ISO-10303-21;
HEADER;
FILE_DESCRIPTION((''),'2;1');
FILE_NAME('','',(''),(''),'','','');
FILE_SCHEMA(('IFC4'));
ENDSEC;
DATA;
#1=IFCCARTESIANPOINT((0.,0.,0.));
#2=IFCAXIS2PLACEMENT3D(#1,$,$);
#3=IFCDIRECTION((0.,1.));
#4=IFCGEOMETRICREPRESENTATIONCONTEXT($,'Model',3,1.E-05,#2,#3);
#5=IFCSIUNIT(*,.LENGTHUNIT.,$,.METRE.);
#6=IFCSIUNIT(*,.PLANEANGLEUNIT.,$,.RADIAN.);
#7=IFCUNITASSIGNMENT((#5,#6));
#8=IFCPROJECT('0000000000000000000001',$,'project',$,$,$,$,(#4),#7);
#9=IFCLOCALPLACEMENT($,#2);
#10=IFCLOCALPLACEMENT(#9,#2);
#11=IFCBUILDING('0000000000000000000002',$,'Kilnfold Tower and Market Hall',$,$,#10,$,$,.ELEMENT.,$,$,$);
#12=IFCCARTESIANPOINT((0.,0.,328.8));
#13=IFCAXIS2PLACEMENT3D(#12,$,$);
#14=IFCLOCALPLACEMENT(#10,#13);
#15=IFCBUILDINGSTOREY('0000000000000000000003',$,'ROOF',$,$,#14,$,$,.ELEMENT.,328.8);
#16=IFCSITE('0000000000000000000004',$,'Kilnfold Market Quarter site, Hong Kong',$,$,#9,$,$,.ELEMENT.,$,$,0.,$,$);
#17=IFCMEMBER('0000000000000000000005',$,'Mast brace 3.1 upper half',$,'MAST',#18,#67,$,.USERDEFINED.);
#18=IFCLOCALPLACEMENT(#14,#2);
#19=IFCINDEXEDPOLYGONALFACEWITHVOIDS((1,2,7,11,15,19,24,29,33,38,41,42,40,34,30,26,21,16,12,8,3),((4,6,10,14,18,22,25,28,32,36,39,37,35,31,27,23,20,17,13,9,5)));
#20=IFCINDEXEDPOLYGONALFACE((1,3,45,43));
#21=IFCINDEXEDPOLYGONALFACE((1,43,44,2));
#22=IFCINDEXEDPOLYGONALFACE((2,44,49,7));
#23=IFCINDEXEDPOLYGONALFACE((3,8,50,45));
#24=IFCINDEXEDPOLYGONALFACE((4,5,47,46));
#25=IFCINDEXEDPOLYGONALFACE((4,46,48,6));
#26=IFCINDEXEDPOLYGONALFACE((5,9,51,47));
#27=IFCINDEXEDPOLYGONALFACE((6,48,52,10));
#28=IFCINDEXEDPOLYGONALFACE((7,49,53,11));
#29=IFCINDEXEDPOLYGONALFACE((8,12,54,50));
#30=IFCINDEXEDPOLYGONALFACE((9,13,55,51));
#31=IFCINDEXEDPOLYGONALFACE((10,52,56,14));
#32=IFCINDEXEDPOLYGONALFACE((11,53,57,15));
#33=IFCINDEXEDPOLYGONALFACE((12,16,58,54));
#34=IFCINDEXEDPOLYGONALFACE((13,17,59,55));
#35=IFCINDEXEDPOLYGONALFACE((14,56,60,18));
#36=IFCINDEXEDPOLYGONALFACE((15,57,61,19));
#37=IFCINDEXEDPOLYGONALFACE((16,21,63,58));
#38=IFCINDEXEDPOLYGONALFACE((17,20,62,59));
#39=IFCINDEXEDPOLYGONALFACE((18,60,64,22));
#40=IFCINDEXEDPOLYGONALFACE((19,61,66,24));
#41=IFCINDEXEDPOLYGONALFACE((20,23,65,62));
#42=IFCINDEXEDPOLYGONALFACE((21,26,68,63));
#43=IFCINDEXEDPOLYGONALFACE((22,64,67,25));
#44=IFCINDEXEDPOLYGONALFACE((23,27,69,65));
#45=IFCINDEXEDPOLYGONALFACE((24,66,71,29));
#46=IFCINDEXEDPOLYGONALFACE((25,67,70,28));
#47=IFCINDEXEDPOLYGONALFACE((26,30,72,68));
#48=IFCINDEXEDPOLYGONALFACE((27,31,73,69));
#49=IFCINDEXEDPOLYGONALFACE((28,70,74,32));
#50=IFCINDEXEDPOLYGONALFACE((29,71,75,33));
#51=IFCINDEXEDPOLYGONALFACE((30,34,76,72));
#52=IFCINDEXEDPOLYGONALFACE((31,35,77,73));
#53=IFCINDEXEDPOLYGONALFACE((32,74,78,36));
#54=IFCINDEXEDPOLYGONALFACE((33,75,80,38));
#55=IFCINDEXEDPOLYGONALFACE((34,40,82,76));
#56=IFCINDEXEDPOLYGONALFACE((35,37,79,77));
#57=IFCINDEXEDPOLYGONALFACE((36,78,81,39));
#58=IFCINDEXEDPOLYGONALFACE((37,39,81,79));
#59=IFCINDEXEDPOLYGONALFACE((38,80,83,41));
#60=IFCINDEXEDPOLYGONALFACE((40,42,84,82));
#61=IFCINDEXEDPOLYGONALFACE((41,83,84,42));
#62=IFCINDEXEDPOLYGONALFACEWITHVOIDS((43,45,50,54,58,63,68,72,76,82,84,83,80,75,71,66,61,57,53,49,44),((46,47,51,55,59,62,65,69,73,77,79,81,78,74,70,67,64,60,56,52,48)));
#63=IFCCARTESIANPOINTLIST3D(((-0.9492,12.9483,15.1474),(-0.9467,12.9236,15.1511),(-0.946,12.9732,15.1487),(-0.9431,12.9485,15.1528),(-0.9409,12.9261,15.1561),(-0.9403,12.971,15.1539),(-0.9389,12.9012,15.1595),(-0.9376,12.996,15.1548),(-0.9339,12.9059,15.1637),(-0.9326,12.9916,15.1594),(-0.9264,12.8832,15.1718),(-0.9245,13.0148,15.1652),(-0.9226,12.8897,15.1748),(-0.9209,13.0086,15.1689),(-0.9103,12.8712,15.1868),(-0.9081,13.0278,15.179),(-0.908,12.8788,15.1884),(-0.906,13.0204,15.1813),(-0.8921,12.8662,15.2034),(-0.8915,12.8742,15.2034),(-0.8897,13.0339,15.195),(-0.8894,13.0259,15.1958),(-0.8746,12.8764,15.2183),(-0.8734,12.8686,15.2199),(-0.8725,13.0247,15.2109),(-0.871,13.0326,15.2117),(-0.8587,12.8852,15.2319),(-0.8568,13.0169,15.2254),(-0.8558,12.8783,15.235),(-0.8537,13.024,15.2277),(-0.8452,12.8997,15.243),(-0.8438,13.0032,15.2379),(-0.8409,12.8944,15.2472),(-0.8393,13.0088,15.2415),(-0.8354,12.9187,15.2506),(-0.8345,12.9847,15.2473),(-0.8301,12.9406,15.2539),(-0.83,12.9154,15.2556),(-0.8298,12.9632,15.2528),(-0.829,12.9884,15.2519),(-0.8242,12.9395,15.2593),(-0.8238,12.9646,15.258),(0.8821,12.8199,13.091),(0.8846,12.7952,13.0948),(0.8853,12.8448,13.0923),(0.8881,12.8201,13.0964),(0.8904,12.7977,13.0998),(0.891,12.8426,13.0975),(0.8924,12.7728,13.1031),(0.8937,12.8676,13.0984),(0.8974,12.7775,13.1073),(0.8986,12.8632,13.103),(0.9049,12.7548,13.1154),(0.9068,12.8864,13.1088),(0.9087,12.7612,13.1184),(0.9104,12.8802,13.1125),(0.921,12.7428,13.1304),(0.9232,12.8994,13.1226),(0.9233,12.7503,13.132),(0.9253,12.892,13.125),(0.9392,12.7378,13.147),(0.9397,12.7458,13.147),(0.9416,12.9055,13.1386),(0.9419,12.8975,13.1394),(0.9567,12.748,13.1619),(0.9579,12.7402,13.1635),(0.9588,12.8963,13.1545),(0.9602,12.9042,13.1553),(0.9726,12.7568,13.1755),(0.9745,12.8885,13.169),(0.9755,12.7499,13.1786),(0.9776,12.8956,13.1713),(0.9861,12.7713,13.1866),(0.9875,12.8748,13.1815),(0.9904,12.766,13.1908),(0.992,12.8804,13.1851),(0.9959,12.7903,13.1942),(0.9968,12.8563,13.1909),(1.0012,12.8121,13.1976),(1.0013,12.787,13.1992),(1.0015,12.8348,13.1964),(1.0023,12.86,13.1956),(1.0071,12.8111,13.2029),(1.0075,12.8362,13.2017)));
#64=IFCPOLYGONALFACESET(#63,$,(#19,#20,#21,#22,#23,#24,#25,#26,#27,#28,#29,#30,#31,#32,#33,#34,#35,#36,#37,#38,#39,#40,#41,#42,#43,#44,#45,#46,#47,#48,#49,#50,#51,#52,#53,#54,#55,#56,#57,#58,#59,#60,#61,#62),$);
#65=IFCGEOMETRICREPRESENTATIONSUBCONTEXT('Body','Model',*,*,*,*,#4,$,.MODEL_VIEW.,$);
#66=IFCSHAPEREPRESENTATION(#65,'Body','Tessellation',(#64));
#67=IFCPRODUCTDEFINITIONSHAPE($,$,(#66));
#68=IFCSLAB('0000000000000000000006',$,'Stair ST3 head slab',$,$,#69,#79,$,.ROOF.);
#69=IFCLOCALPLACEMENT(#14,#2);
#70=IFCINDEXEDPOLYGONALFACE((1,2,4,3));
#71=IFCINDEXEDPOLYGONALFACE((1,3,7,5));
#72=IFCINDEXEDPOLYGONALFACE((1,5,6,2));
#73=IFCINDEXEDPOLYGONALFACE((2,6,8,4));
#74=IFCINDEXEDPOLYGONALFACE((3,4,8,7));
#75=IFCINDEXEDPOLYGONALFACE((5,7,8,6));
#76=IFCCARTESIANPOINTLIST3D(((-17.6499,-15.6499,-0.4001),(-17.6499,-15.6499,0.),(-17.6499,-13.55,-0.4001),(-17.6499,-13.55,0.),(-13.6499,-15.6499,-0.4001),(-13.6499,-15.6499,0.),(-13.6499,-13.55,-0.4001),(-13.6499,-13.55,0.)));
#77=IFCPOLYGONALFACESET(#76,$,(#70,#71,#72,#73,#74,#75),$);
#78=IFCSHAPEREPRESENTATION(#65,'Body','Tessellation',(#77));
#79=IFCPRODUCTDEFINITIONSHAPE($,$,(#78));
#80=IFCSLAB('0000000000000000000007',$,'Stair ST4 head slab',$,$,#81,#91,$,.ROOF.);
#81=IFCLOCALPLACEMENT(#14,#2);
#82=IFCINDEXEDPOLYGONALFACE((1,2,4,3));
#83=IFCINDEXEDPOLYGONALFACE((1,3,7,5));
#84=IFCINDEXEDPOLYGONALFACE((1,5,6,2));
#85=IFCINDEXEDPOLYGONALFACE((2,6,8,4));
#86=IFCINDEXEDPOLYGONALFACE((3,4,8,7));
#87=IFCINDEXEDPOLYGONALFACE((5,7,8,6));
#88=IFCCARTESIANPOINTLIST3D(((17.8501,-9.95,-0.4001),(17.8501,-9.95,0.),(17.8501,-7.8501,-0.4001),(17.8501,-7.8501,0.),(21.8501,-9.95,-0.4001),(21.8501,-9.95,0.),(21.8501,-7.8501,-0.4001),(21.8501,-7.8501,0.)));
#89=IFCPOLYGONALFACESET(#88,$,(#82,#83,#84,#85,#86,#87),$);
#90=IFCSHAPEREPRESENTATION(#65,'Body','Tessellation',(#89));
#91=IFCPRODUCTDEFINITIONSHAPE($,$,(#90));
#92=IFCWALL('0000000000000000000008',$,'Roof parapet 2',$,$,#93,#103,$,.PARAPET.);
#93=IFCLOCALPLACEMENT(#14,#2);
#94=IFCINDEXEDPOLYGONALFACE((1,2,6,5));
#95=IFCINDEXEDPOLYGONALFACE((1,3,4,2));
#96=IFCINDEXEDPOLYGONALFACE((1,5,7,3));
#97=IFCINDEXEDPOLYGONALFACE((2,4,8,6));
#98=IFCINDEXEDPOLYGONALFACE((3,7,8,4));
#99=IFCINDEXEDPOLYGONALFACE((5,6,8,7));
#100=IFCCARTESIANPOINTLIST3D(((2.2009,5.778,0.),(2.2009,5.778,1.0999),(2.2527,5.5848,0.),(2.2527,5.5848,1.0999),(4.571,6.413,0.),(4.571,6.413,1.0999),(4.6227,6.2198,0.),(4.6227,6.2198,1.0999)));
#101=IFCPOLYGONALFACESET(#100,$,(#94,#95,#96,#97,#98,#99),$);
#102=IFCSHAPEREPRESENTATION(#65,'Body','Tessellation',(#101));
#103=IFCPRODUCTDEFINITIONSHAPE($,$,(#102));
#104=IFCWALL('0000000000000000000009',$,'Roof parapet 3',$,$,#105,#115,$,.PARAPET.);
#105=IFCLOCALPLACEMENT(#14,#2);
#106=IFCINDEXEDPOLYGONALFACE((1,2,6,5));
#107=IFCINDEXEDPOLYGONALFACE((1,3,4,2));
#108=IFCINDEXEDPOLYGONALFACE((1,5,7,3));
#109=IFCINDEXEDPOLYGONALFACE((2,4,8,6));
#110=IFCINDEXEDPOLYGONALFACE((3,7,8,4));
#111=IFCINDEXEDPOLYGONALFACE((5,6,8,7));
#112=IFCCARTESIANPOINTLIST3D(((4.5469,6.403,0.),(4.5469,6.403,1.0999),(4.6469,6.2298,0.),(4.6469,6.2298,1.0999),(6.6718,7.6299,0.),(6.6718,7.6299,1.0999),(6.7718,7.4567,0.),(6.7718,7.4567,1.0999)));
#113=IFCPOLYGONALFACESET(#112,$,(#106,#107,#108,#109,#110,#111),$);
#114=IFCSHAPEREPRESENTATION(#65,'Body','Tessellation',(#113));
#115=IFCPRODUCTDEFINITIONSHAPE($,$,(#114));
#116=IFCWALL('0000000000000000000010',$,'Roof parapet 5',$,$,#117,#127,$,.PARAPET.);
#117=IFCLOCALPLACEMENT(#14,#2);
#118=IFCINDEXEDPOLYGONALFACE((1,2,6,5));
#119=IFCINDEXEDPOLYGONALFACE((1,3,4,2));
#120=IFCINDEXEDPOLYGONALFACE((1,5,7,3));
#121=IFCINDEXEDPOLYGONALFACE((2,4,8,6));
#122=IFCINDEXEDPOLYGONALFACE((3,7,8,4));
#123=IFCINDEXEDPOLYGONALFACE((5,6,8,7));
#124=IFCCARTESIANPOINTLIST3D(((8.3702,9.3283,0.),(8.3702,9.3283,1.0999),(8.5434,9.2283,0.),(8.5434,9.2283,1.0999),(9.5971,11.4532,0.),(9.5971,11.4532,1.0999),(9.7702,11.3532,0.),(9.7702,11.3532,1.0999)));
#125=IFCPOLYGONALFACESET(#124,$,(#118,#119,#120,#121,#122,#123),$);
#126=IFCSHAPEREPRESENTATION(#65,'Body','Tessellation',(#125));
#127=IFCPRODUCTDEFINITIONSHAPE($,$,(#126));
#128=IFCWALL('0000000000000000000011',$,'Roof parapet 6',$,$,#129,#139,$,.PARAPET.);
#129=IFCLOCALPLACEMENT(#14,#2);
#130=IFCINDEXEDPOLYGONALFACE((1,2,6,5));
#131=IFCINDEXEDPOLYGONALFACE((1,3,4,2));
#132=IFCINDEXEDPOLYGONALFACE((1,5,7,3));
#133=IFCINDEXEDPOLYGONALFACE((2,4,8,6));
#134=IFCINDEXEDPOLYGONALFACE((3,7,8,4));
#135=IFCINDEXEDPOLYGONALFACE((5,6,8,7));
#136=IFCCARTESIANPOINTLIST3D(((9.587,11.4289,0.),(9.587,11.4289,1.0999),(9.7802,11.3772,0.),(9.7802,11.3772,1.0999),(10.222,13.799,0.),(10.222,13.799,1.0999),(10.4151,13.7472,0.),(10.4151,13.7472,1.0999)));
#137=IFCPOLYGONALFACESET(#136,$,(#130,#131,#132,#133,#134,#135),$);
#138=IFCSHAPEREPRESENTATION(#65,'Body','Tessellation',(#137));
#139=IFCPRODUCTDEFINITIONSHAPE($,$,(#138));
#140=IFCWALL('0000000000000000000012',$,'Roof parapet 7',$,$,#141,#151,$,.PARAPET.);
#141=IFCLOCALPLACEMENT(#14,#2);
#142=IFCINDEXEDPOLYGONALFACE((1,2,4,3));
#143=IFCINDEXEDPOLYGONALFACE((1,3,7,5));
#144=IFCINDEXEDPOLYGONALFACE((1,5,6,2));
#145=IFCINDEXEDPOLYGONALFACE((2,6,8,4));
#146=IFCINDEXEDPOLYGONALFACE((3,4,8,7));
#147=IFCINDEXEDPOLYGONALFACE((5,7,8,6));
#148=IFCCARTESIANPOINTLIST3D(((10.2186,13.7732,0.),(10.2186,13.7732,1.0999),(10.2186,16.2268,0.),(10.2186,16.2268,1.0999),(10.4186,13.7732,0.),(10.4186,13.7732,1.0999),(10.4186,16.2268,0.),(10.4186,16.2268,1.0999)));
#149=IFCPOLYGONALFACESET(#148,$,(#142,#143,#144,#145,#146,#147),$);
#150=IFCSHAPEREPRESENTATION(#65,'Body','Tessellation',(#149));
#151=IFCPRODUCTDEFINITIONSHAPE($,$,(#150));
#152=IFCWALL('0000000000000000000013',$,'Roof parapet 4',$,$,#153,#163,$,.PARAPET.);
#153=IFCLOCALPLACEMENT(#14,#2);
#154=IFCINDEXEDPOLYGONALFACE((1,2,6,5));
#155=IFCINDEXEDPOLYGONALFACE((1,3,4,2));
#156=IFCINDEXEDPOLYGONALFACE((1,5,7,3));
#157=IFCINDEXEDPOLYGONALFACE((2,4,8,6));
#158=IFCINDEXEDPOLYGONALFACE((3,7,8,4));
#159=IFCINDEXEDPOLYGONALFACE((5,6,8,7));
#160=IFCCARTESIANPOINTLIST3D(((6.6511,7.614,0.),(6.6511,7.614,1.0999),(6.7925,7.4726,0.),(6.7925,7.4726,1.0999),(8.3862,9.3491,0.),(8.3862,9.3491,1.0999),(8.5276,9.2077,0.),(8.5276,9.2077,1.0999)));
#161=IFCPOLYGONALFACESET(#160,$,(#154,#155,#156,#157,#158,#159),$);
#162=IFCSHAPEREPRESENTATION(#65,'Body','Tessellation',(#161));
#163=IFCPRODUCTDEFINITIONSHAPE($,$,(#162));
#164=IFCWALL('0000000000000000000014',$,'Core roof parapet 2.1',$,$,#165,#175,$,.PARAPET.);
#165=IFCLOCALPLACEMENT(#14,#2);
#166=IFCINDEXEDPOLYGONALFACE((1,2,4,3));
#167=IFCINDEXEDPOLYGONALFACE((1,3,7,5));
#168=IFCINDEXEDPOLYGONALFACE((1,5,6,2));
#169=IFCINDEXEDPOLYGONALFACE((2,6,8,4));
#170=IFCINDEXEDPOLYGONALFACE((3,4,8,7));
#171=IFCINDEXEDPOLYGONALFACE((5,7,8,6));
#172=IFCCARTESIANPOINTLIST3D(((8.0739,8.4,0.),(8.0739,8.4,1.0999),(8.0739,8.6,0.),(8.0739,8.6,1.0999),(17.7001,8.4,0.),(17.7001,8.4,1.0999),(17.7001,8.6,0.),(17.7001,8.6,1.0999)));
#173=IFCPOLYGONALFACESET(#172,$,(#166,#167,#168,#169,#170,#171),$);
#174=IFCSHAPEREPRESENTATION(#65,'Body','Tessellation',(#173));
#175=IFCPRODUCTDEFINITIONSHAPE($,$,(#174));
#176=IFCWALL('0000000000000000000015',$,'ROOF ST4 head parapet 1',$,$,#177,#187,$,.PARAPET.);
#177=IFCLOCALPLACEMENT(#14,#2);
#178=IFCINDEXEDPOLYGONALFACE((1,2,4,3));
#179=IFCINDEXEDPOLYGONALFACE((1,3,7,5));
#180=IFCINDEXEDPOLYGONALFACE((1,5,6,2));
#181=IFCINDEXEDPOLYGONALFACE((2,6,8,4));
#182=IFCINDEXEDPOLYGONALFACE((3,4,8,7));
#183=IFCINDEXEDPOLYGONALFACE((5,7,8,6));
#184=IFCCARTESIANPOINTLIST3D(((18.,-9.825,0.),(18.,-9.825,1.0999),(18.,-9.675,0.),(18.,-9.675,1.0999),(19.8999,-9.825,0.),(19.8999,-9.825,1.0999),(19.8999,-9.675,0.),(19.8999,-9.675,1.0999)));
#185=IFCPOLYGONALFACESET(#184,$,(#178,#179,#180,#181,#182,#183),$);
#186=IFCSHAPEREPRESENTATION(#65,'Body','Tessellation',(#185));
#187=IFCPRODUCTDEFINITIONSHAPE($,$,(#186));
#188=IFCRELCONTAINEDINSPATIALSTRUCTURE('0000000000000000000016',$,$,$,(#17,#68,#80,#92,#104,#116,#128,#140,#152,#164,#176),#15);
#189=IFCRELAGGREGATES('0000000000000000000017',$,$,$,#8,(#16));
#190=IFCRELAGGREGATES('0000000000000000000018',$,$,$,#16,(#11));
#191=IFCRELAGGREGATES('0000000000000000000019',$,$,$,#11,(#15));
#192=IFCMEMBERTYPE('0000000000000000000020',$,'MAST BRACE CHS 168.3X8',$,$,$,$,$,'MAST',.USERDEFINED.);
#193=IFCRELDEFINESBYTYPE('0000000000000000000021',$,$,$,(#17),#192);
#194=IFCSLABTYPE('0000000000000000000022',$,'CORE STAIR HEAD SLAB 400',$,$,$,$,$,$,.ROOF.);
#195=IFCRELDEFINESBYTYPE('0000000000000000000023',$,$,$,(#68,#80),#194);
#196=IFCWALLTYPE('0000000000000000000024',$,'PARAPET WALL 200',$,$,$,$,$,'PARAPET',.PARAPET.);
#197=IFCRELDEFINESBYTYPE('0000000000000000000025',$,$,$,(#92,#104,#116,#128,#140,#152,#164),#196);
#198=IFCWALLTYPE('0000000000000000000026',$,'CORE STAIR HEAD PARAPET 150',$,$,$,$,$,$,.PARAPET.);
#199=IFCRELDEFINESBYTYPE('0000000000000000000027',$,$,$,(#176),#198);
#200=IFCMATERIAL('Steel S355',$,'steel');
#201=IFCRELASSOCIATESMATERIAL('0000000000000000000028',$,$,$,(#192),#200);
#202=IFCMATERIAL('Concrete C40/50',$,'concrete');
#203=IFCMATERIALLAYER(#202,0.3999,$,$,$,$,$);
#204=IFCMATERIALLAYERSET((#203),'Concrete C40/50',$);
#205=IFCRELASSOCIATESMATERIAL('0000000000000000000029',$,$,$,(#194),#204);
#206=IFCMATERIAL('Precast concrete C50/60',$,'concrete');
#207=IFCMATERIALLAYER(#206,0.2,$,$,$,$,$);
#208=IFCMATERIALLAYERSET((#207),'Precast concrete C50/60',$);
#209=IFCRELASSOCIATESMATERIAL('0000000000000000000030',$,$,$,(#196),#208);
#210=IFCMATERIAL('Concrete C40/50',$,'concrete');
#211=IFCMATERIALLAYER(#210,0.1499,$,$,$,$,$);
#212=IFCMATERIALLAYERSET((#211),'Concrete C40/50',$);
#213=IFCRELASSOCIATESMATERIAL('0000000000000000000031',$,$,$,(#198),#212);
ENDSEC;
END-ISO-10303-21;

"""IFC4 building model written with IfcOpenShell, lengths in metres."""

from ifc_helpers import new_model, si_unit, direction, frame, frame_2d, origin, origin_2d, place, context, subcontext, project, spatial, polyline, rectangle, hollow_circle, outline, extrude, source, transform, mapped, material, layer, layer_set, material_profile, profile_set, type_object, element, save


model = new_model("IFC4")

# Units and contexts
model_context = context("Model", 3, precision=1e-05, world=origin(), true_north=direction((0.0, 1.0)))
body_context = subcontext(model_context, "Body", "Model", "MODEL_VIEW")
ifc_project = project(units=[si_unit("LENGTHUNIT", "METRE"), si_unit("PLANEANGLEUNIT", "RADIAN")], contexts=[model_context])

# Site, building, storey
site_placement = place(None, origin())
site = spatial("IfcSite", under=ifc_project, at=site_placement, Name="Kilnfold Market Quarter site, Hong Kong", CompositionType="ELEMENT", RefElevation=0.0)
building_placement = place(site_placement, origin())
building = spatial("IfcBuilding", under=site, at=building_placement, Name="Kilnfold Tower and Market Hall", CompositionType="ELEMENT")
storey_placement = place(building_placement, frame((0.0, 0.0, 328.8)))
storey = spatial("IfcBuildingStorey", under=building, at=storey_placement, Name="ROOF", CompositionType="ELEMENT", Elevation=328.8)

# Member
ifc_material_1 = material(Name="Steel S355", Category="steel")
ifc_material_profile_1 = material_profile(ifc_material_1, hollow_circle(Radius=0.0842, WallThickness=0.0081, at=origin_2d()), Name="CHS 168.3x8")
ifc_profile_set_1 = profile_set([ifc_material_profile_1], Name="Steel S355")
member_type_1 = type_object("IfcMemberType", Name="MAST BRACE CHS 168.3X8", ElementType="MAST", PredefinedType="USERDEFINED", material=ifc_profile_set_1)
shared_shape_1 = source(origin(), body_context, "Body", "SweptSolid", [
    extrude(hollow_circle(Radius=0.0842, WallThickness=0.0081, at=origin_2d()), origin(), (0.0, 0.0, 1.0), 2.7566),
])
member_1_placement = place(storey_placement, frame((0.9451, 12.8218, 13.147), z_axis=(-0.664329, 0.046585, 0.745987), x_axis=(-0.069952, -0.99755, 0.0)))
element("IfcMember", 1, at=member_1_placement, inside=storey, type_object=member_type_1, Name="Mast brace 3.1 upper half", ObjectType="MAST", PredefinedType="USERDEFINED", context=body_context, shape_type="MappedRepresentation", body=[
    mapped(shared_shape_1, transform((0.0, 0.0, 0.0))),
])

# Slabs
ifc_material_2 = material(Name="Concrete C40/50", Category="concrete")
ifc_layer_1 = layer(ifc_material_2, 0.3999)
ifc_layer_set_1 = layer_set([ifc_layer_1], Name="Concrete C40/50")
slab_type = type_object("IfcSlabType", Name="CORE STAIR HEAD SLAB 400", PredefinedType="ROOF", material=ifc_layer_set_1)
shared_shape_2 = source(origin(), body_context, "Body", "SweptSolid", [
    extrude(outline(polyline([(-17.6499, -15.6499), (-17.6499, -13.55), (-13.6499, -13.55), (-13.6499, -15.6499), (-17.6499, -15.6499)])), origin(), (0.0, 0.0, 1.0), 0.4001),
])
slab_1_placement = place(storey_placement, frame((0.0, 0.0, -0.4001)))
element("IfcSlab", 2, at=slab_1_placement, inside=storey, type_object=slab_type, Name="Stair ST3 head slab", PredefinedType="ROOF", context=body_context, shape_type="MappedRepresentation", body=[
    mapped(shared_shape_2, transform((0.0, 0.0, 0.0))),
])
shared_shape_3 = source(origin(), body_context, "Body", "SweptSolid", [
    extrude(outline(polyline([(21.8501, -7.8501), (21.8501, -9.95), (17.8501, -9.95), (17.8501, -7.8501), (21.8501, -7.8501)])), origin(), (0.0, 0.0, 1.0), 0.4001),
])
slab_2_placement = place(storey_placement, frame((0.0, 0.0, -0.4001)))
element("IfcSlab", 3, at=slab_2_placement, inside=storey, type_object=slab_type, Name="Stair ST4 head slab", PredefinedType="ROOF", context=body_context, shape_type="MappedRepresentation", body=[
    mapped(shared_shape_3, transform((0.0, 0.0, 0.0))),
])

# Walls
ifc_material_3 = material(Name="Precast concrete C50/60", Category="concrete")
ifc_layer_2 = layer(ifc_material_3, 0.2)
ifc_layer_set_2 = layer_set([ifc_layer_2], Name="Precast concrete C50/60")
wall_type_1 = type_object("IfcWallType", Name="PARAPET WALL 200", ElementType="PARAPET", PredefinedType="PARAPET", material=ifc_layer_set_2)
shared_shape_4 = source(origin(), body_context, "Body", "SweptSolid", [
    extrude(rectangle(XDim=2.4536, YDim=0.2, at=frame_2d((1.2268, 0.0))), origin(), (0.0, 0.0, 1.0), 1.0999),
])
for number, where, z_axis, x_axis, name in (
    (4, (2.2268, 5.6814, 0.0), (0.0, 0.0, 1.0), (0.965932, 0.258796, 0.0), "Roof parapet 2"),
    (5, (4.5969, 6.3164, 0.0), (0.0, 0.0, 1.0), (0.866012, 0.500024, 0.0), "Roof parapet 3"),
    (6, (8.4568, 9.2783, 0.0), (0.0, 0.0, 1.0), (0.500024, 0.866012, 0.0), "Roof parapet 5"),
    (7, (9.6836, 11.4031, 0.0), (0.0, 0.0, 1.0), (0.258796, 0.965932, 0.0), "Roof parapet 6"),
    (8, (10.3186, 13.7732, 0.0), (0.0, 0.0, 1.0), (0.0, 1.0, 0.0), "Roof parapet 7"),
):
    element("IfcWall", number, at=place(storey_placement, frame(where, z_axis=z_axis, x_axis=x_axis)), inside=storey, type_object=wall_type_1, Name=name, PredefinedType="PARAPET", context=body_context, shape_type="MappedRepresentation", body=[
        mapped(shared_shape_4, transform((0.0, 0.0, 0.0))),
    ])
shared_shape_5 = source(origin(), body_context, "Body", "SweptSolid", [
    extrude(rectangle(XDim=2.4539, YDim=0.2, at=frame_2d((1.2271, 0.0))), origin(), (0.0, 0.0, 1.0), 1.0999),
])
wall_1_placement = place(storey_placement, frame((6.7217, 7.5432, 0.0), z_axis=(0.0, 0.0, 1.0), x_axis=(0.707107, 0.707107, 0.0)))
element("IfcWall", 9, at=wall_1_placement, inside=storey, type_object=wall_type_1, Name="Roof parapet 4", PredefinedType="PARAPET", context=body_context, shape_type="MappedRepresentation", body=[
    mapped(shared_shape_5, transform((0.0, 0.0, 0.0))),
])
shared_shape_6 = source(origin(), body_context, "Body", "SweptSolid", [
    extrude(rectangle(XDim=9.6262, YDim=0.2, at=frame_2d((4.813, 0.0))), origin(), (0.0, 0.0, 1.0), 1.0999),
])
wall_2_placement = place(storey_placement, frame((17.7, 8.5, 0.0), z_axis=(0.0, 0.0, 1.0), x_axis=(-1.0, 0.0, 0.0)))
element("IfcWall", 10, at=wall_2_placement, inside=storey, type_object=wall_type_1, Name="Core roof parapet 2.1", PredefinedType="PARAPET", context=body_context, shape_type="MappedRepresentation", body=[
    mapped(shared_shape_6, transform((0.0, 0.0, 0.0))),
])
ifc_material_4 = material(Name="Concrete C40/50", Category="concrete")
ifc_layer_3 = layer(ifc_material_4, 0.1499)
ifc_layer_set_3 = layer_set([ifc_layer_3], Name="Concrete C40/50")
wall_type_2 = type_object("IfcWallType", Name="CORE STAIR HEAD PARAPET 150", PredefinedType="PARAPET", material=ifc_layer_set_3)
shared_shape_7 = source(origin(), body_context, "Body", "SweptSolid", [
    extrude(rectangle(XDim=1.8999, YDim=0.1499, at=frame_2d((0.95, 0.0))), origin(), (0.0, 0.0, 1.0), 1.0999),
])
wall_3_placement = place(storey_placement, frame((18.0, -9.75, 0.0), z_axis=(0.0, 0.0, 1.0), x_axis=(1.0, 0.0, 0.0)))
element("IfcWall", 11, at=wall_3_placement, inside=storey, type_object=wall_type_2, Name="ROOF ST4 head parapet 1", PredefinedType="PARAPET", context=body_context, shape_type="MappedRepresentation", body=[
    mapped(shared_shape_7, transform((0.0, 0.0, 0.0))),
])

save(model, "model.ifc")
